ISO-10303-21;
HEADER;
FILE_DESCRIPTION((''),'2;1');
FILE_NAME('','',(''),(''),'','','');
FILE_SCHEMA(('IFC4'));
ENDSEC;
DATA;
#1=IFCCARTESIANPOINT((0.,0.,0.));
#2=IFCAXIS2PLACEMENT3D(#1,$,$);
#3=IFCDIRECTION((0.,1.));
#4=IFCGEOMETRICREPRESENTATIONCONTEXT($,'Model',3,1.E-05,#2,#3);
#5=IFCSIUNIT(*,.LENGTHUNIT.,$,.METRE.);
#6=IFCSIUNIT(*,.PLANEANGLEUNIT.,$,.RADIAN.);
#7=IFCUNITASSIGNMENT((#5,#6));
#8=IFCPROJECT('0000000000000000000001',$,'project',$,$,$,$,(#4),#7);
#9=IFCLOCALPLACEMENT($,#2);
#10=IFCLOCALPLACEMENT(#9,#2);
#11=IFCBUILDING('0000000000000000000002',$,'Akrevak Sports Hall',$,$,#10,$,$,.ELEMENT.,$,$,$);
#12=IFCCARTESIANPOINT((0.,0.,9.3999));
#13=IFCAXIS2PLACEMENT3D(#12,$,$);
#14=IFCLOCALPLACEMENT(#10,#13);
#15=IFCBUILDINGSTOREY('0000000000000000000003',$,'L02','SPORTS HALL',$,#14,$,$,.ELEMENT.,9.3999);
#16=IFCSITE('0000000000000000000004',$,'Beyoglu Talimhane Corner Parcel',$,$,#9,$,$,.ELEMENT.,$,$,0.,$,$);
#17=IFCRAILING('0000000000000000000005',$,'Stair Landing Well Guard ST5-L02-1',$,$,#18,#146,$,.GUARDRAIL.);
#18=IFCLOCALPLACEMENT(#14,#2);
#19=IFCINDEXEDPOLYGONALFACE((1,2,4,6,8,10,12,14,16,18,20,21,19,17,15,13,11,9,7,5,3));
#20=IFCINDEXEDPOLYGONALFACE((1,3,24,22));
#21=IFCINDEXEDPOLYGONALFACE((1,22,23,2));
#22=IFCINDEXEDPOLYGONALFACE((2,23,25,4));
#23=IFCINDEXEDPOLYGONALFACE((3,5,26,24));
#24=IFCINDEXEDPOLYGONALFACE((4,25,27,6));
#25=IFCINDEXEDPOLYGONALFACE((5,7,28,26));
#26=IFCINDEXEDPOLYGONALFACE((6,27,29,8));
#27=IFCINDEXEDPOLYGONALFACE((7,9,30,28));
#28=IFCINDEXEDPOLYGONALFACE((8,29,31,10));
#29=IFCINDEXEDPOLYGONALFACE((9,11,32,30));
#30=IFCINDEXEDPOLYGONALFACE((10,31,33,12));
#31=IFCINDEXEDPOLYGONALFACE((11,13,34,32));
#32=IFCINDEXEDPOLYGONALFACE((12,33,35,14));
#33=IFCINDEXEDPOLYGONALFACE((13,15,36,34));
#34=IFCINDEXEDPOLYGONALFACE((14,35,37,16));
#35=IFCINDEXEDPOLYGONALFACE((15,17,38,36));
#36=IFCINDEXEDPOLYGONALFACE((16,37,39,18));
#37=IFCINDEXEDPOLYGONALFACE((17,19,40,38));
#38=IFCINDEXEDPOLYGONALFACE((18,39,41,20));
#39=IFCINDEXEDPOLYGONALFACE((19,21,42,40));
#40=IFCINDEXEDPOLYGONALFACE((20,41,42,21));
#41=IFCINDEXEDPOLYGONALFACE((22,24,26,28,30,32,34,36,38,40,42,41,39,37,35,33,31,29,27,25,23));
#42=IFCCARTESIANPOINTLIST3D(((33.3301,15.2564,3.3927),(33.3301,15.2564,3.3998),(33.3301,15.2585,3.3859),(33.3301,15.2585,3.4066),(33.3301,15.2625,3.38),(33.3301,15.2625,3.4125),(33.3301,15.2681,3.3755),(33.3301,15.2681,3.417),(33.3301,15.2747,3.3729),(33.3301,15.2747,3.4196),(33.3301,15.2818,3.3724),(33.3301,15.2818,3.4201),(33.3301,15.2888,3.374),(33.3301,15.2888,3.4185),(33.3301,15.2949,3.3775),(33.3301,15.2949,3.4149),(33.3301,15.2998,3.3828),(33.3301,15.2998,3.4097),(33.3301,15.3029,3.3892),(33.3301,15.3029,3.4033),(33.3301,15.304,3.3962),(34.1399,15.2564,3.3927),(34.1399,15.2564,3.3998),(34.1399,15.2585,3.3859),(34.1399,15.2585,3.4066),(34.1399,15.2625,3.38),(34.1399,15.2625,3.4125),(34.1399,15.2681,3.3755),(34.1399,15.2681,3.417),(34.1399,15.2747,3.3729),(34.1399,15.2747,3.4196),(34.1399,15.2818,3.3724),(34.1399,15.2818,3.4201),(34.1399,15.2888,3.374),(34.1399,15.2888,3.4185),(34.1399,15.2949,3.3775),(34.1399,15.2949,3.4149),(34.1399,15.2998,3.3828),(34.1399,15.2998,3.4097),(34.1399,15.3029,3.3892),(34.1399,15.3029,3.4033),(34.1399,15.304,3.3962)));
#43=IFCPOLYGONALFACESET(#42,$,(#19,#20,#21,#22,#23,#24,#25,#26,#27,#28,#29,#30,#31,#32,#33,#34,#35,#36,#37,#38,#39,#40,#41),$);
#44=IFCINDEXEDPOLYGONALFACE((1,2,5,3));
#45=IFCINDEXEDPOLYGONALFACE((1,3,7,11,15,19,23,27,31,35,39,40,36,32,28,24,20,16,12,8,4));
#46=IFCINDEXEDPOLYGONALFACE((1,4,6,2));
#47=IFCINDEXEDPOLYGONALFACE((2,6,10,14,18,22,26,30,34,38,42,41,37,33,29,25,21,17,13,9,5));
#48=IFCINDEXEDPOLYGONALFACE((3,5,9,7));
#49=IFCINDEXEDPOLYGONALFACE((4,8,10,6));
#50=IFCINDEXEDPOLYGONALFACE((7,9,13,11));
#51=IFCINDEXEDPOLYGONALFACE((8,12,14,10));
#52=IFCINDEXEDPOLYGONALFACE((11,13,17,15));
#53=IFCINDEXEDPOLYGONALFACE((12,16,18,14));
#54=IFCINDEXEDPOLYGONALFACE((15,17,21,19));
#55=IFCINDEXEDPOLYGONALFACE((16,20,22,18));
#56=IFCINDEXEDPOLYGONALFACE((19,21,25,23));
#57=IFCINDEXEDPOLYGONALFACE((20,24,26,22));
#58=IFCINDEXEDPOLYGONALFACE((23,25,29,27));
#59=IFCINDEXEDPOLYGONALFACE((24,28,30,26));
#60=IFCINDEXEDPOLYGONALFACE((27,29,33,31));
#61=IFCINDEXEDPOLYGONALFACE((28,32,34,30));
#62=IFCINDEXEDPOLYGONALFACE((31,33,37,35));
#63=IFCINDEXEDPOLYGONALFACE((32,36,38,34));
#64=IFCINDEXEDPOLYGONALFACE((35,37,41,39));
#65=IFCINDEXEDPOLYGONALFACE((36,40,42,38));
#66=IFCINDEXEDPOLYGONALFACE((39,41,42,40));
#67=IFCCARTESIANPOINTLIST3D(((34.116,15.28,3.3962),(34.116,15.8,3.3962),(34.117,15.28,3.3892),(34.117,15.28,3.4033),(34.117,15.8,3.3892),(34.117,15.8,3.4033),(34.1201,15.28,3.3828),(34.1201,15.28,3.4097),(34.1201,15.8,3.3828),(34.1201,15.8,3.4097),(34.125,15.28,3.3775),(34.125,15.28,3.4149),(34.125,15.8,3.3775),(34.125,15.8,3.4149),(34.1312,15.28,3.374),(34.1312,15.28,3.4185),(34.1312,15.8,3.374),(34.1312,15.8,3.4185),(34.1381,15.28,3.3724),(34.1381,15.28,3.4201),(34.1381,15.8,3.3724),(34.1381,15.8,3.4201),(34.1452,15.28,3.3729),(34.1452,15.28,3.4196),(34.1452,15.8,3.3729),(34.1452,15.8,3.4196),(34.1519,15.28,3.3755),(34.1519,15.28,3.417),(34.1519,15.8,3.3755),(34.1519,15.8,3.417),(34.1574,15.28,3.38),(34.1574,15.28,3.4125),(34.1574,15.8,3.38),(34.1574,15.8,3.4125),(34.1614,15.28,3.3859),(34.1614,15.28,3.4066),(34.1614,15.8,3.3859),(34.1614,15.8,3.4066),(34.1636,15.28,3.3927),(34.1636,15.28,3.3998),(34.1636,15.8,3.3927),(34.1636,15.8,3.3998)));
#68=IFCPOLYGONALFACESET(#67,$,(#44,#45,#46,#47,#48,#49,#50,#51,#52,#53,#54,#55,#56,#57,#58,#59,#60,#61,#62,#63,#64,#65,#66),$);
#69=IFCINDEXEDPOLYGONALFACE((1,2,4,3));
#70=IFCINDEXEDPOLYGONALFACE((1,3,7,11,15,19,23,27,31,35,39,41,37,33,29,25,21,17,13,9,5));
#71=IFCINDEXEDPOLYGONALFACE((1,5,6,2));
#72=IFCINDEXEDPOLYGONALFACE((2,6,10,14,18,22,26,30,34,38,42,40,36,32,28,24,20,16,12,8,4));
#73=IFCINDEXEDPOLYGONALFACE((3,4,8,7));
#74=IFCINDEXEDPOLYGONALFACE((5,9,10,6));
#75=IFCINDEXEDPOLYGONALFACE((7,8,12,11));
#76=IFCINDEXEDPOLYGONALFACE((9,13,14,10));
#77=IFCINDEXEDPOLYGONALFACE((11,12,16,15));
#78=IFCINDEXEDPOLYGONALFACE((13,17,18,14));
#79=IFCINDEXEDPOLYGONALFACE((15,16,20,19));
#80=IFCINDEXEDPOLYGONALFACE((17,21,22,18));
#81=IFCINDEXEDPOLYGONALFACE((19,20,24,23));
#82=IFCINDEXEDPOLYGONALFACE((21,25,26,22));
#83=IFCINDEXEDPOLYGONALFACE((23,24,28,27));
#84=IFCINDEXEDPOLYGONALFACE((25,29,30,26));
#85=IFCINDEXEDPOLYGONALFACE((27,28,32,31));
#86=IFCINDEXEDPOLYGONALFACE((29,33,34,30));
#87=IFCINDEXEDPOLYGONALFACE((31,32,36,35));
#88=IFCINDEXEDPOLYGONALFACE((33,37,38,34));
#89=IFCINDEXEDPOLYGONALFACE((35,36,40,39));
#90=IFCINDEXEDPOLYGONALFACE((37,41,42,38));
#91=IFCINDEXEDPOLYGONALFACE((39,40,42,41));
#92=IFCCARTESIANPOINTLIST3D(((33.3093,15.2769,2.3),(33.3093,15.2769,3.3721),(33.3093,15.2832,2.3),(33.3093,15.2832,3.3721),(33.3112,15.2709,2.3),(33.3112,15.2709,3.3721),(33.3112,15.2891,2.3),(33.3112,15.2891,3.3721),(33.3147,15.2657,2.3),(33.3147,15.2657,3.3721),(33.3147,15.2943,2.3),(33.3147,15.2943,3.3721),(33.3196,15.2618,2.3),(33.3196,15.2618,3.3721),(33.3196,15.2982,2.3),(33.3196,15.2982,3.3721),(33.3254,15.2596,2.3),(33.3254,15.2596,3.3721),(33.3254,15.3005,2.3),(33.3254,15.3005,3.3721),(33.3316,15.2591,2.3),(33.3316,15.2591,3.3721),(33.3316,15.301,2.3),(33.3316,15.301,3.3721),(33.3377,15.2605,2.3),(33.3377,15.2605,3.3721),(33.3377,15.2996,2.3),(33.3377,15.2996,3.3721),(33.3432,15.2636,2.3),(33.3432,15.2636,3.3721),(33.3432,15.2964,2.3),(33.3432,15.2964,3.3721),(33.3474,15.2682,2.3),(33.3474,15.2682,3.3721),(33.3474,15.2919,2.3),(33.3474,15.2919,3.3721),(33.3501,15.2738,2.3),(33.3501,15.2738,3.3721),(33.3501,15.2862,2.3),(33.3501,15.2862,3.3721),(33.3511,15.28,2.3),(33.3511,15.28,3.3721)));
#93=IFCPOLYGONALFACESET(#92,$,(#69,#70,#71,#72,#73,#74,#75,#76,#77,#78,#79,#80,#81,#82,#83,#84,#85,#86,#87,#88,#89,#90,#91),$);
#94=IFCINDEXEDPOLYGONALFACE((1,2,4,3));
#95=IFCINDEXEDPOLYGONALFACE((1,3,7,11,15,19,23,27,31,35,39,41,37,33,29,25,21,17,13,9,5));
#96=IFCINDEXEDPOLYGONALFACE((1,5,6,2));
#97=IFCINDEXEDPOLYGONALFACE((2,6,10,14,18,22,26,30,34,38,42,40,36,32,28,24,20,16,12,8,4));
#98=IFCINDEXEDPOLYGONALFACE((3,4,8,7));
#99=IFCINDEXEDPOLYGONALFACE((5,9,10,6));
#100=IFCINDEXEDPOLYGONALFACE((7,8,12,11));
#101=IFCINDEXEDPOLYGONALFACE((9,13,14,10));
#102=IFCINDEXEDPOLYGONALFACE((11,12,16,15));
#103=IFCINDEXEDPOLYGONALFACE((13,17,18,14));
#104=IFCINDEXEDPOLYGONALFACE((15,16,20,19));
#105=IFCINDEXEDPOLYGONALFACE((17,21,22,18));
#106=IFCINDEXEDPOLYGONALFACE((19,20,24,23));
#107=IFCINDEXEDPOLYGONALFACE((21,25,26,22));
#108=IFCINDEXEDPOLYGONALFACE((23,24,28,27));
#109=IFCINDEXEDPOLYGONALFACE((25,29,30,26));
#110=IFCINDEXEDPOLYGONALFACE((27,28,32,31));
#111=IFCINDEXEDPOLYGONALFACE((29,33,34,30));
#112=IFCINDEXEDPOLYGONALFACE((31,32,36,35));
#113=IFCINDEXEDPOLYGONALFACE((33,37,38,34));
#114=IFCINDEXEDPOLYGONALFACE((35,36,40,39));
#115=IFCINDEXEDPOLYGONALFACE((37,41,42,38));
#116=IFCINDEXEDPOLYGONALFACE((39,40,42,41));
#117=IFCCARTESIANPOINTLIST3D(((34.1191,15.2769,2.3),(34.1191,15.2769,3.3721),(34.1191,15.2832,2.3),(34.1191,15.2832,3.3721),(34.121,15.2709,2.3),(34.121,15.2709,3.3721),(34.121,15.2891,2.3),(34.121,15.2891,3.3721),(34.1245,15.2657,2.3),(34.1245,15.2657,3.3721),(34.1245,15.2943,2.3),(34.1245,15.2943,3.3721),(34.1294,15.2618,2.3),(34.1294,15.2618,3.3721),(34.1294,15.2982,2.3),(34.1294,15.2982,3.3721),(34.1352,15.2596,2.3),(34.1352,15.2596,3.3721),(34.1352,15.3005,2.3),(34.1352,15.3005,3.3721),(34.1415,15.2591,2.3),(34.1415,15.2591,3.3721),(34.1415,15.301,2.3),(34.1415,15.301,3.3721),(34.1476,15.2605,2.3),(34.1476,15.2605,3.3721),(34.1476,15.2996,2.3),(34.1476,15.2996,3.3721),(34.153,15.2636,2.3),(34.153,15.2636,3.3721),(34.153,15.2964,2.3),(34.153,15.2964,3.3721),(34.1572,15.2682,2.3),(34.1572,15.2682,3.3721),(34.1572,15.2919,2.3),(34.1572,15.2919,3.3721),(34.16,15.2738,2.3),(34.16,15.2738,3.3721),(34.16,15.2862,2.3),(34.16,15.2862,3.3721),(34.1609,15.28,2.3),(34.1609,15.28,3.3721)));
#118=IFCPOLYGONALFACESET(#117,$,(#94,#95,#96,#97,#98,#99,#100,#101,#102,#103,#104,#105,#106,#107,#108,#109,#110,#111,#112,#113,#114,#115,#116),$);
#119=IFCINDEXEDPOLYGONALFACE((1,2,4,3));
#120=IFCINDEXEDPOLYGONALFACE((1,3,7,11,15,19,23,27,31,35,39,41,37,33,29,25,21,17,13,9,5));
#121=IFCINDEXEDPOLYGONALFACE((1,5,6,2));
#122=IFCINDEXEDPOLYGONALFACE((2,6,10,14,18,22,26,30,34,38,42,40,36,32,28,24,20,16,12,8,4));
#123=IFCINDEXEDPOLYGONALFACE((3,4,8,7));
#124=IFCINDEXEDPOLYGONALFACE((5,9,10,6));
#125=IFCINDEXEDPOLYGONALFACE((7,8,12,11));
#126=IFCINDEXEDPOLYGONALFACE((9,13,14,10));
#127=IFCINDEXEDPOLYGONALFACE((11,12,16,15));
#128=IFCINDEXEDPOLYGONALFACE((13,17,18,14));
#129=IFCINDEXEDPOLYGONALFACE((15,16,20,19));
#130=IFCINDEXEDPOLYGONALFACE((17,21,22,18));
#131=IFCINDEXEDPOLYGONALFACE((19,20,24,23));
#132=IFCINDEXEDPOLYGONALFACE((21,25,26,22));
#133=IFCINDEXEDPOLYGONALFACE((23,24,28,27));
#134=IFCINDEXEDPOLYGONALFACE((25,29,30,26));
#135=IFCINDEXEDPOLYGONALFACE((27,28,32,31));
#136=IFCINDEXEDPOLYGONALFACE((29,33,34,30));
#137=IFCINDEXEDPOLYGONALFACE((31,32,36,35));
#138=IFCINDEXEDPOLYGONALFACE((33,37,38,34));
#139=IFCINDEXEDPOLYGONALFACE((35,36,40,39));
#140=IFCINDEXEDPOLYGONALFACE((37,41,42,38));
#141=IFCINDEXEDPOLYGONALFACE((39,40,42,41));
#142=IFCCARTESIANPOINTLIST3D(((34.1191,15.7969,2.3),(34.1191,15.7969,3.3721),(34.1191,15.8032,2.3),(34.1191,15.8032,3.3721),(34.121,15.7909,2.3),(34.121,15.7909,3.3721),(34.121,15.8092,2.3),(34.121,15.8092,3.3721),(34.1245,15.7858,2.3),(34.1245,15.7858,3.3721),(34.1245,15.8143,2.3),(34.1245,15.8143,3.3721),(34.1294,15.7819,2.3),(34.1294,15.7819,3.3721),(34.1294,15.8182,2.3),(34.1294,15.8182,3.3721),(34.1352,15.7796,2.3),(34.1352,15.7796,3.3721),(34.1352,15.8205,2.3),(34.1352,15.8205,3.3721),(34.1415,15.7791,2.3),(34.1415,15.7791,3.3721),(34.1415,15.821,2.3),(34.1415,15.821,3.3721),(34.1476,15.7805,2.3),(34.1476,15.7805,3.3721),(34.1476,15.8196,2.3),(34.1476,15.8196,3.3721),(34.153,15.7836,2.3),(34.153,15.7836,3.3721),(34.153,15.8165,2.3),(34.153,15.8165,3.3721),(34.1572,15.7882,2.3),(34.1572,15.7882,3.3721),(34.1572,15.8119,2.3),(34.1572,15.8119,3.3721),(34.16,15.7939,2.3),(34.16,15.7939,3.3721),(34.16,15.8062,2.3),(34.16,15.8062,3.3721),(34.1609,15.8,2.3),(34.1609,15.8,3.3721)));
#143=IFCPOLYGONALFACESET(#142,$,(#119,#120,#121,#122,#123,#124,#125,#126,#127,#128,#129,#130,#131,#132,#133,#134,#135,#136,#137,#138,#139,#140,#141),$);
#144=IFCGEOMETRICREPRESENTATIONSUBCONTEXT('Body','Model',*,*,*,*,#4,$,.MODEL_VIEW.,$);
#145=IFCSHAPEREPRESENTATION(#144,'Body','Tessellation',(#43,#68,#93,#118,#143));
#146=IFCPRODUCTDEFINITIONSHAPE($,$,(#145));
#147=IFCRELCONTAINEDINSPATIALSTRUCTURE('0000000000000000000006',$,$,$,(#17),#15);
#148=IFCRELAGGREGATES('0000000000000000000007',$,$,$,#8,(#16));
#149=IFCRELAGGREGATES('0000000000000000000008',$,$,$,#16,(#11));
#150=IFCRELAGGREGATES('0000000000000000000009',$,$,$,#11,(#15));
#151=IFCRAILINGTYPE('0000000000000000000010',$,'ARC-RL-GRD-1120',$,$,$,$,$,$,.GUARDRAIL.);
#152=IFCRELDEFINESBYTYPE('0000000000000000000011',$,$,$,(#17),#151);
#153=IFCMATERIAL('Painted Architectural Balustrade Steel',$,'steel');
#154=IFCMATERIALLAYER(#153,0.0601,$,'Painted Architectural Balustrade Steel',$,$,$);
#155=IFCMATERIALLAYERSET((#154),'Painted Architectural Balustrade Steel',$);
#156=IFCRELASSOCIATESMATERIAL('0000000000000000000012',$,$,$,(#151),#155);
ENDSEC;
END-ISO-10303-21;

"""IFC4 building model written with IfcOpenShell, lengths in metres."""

from ifc_helpers import new_model, si_unit, direction, frame, origin, origin_2d, place, context, subcontext, project, spatial, circle, extrude, material, layer, layer_set, type_object, element, save


model = new_model("IFC4")

# Units and contexts
model_context = context("Model", 3, precision=1e-05, world=origin(), true_north=direction((0.0, 1.0)))
body_context = subcontext(model_context, "Body", "Model", "MODEL_VIEW")
ifc_project = project(units=[si_unit("LENGTHUNIT", "METRE"), si_unit("PLANEANGLEUNIT", "RADIAN")], contexts=[model_context])

# Site, building, storey
site_placement = place(None, origin())
site = spatial("IfcSite", under=ifc_project, at=site_placement, Name="Beyoglu Talimhane Corner Parcel", CompositionType="ELEMENT", RefElevation=0.0)
building_placement = place(site_placement, origin())
building = spatial("IfcBuilding", under=site, at=building_placement, Name="Akrevak Sports Hall", CompositionType="ELEMENT")
storey_placement = place(building_placement, frame((0.0, 0.0, 9.3999)))
storey = spatial("IfcBuildingStorey", under=building, at=storey_placement, Name="L02", Description="SPORTS HALL", CompositionType="ELEMENT", Elevation=9.3999)

# Railing
ifc_material_1 = material(Name="Painted Architectural Balustrade Steel", Category="steel")
ifc_layer_1 = layer(ifc_material_1, 0.0601, Name="Painted Architectural Balustrade Steel")
ifc_layer_set_1 = layer_set([ifc_layer_1], Name="Painted Architectural Balustrade Steel")
railing_type_1 = type_object("IfcRailingType", Name="ARC-RL-GRD-1120", PredefinedType="GUARDRAIL", material=ifc_layer_set_1)
railing_1_placement = place(storey_placement, frame((33.3301, 15.28, 2.3)))
element("IfcRailing", 1, at=railing_1_placement, inside=storey, type_object=railing_type_1, Name="Stair Landing Well Guard ST5-L02-1", PredefinedType="GUARDRAIL", context=body_context, shape_type="SweptSolid", body=[
    extrude(circle(Radius=0.0239, at=origin_2d()), frame((0.0, 0.0, 1.0962), z_axis=(1.0, 0.0, 0.0), x_axis=(0.0, 1.0, 0.0)), (0.0, 0.0, 1.0), 0.8098),
    extrude(circle(Radius=0.0239, at=origin_2d()), frame((0.8098, 0.0, 1.0962), z_axis=(0.0, 1.0, 0.0), x_axis=(-1.0, 0.0, 0.0)), (0.0, 0.0, 1.0), 0.52),
    extrude(circle(Radius=0.021, at=origin_2d()), origin(), (0.0, 0.0, 1.0), 1.072),
    extrude(circle(Radius=0.021, at=origin_2d()), frame((0.8098, 0.0, 0.0)), (0.0, 0.0, 1.0), 1.072),
    extrude(circle(Radius=0.021, at=origin_2d()), frame((0.8098, 0.52, 0.0)), (0.0, 0.0, 1.0), 1.072),
])

save(model, "model.ifc")
